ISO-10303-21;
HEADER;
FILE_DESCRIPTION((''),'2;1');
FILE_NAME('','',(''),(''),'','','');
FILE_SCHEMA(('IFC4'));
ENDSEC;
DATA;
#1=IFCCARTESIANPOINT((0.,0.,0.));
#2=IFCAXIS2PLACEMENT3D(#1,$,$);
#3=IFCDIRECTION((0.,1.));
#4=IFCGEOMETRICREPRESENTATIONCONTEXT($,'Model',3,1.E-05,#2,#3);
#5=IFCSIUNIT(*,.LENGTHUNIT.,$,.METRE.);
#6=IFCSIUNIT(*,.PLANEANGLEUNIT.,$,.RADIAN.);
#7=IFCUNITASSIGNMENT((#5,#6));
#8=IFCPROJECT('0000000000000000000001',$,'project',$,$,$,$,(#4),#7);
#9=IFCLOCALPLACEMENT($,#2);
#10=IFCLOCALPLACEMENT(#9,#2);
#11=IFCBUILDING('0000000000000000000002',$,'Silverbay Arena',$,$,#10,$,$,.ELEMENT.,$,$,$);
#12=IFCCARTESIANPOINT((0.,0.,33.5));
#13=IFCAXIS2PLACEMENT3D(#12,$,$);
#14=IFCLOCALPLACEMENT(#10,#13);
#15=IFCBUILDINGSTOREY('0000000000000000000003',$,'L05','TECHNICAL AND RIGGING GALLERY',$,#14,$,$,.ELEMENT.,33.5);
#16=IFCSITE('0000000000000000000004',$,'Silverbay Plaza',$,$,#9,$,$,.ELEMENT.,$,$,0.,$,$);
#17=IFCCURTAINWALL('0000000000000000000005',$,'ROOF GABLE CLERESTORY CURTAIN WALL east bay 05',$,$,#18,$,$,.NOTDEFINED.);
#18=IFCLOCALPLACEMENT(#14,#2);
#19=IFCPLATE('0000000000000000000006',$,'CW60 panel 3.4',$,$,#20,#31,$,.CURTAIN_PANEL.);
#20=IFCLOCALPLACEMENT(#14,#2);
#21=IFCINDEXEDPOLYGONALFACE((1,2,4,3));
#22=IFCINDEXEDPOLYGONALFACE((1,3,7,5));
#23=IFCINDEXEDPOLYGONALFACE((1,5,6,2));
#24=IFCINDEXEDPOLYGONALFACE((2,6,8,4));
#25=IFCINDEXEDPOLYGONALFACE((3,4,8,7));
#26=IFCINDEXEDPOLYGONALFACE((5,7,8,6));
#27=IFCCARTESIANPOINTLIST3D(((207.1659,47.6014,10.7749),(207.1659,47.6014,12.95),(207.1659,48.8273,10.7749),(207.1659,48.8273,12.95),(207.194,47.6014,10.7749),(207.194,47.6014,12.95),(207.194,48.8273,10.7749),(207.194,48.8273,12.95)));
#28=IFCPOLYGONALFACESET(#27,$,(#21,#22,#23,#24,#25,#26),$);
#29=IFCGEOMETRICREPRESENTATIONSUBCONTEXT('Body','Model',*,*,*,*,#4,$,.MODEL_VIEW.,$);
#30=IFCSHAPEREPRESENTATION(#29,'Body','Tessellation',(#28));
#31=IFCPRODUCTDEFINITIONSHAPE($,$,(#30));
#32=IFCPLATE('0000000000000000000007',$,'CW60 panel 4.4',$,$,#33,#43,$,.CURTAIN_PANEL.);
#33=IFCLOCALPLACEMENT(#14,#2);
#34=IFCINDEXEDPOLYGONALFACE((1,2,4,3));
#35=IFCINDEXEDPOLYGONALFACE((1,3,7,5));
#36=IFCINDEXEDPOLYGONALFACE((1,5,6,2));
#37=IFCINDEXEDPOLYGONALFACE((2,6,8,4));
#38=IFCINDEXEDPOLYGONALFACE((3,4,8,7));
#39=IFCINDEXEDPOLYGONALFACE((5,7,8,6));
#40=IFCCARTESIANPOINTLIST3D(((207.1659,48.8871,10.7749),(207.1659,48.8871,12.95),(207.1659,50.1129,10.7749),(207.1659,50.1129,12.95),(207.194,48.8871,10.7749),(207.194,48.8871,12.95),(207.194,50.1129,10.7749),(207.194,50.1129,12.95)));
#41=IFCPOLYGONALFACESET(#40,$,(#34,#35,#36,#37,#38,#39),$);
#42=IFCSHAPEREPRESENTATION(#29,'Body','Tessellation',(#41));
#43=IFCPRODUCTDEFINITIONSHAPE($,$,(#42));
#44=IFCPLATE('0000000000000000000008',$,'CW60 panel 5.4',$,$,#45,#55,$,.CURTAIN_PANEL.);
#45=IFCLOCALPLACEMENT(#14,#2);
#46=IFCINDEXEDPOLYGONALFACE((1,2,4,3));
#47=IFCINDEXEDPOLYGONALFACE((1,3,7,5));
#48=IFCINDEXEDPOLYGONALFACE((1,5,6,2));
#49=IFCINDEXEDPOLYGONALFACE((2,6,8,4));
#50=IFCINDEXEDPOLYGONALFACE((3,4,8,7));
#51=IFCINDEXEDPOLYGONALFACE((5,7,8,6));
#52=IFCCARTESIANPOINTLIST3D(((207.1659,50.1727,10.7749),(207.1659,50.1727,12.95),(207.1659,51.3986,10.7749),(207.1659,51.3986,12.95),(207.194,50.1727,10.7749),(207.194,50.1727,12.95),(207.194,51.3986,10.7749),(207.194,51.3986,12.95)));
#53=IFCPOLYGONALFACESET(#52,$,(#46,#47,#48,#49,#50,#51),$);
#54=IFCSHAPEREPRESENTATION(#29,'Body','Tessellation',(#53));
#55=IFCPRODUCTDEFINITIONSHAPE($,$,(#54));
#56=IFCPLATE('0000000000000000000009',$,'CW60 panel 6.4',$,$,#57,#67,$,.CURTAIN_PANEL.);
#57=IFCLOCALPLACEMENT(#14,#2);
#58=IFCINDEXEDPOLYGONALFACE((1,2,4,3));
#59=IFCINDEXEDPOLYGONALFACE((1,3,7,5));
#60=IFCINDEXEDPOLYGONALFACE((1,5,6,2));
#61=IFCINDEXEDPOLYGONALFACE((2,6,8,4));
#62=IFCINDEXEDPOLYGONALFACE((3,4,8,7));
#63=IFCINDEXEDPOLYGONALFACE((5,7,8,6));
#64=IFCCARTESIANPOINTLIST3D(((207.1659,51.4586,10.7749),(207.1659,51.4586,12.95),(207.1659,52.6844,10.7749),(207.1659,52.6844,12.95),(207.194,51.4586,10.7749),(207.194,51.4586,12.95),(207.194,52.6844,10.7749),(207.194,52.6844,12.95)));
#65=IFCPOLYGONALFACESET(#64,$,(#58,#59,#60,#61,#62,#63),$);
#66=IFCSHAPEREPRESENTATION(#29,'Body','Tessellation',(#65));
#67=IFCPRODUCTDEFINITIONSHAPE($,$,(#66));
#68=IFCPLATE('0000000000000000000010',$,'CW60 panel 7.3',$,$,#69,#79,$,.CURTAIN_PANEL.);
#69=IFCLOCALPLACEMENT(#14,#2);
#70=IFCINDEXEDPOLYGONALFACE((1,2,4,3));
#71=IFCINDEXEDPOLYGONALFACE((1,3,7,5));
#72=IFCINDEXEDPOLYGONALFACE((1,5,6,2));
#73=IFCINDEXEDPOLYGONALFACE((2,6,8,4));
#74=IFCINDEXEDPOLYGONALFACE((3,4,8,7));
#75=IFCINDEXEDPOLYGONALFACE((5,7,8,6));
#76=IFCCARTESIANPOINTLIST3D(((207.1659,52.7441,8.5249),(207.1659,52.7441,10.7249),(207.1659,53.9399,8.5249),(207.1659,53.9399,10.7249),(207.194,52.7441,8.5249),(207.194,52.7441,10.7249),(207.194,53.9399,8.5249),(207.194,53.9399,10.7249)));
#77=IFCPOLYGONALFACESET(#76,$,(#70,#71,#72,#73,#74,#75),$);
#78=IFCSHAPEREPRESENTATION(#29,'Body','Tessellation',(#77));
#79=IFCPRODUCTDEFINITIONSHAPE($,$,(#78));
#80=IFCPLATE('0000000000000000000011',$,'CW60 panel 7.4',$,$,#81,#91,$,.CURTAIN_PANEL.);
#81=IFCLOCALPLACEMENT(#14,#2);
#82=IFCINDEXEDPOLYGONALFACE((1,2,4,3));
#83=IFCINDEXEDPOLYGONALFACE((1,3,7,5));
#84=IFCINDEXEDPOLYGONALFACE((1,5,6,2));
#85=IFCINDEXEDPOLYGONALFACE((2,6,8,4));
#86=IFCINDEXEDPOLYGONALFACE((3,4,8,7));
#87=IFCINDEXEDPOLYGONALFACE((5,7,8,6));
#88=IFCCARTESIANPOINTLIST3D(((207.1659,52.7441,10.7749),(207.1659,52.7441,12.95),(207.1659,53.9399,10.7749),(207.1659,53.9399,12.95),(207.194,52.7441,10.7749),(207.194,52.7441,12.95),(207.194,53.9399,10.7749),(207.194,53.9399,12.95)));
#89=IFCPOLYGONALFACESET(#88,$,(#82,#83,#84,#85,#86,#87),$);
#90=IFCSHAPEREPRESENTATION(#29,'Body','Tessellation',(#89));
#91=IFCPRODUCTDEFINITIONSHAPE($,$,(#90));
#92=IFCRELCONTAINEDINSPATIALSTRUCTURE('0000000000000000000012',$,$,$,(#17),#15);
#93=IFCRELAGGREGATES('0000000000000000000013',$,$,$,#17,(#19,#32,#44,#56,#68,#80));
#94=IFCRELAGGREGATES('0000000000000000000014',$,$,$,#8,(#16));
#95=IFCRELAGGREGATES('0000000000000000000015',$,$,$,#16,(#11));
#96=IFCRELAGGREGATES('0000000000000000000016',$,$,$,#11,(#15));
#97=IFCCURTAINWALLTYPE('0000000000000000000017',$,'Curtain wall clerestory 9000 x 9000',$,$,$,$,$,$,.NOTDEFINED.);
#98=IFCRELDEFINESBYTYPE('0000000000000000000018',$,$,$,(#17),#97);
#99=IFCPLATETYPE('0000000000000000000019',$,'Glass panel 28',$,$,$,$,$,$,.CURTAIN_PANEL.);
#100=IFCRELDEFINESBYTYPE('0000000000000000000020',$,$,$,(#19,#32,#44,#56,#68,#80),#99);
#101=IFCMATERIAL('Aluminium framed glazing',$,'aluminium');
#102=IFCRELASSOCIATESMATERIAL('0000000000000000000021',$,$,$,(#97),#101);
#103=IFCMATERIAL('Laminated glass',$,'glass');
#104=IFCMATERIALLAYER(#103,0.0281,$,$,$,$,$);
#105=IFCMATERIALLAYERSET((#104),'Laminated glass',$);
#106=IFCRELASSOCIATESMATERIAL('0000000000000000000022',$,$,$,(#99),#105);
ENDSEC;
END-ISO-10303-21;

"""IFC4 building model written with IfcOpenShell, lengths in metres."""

from ifc_helpers import new_model, si_unit, direction, frame, origin, origin_2d, place, context, subcontext, project, spatial, rectangle, extrude, material, layer, layer_set, type_object, element, aggregate, save


model = new_model("IFC4")

# Units and contexts
model_context = context("Model", 3, precision=1e-05, world=origin(), true_north=direction((0.0, 1.0)))
body_context = subcontext(model_context, "Body", "Model", "MODEL_VIEW")
ifc_project = project(units=[si_unit("LENGTHUNIT", "METRE"), si_unit("PLANEANGLEUNIT", "RADIAN")], contexts=[model_context])

# Site, building, storey
site_placement = place(None, origin())
site = spatial("IfcSite", under=ifc_project, at=site_placement, Name="Silverbay Plaza", CompositionType="ELEMENT", RefElevation=0.0)
building_placement = place(site_placement, origin())
building = spatial("IfcBuilding", under=site, at=building_placement, Name="Silverbay Arena", CompositionType="ELEMENT")
storey_placement = place(building_placement, frame((0.0, 0.0, 33.5)))
storey = spatial("IfcBuildingStorey", under=building, at=storey_placement, Name="L05", Description="TECHNICAL AND RIGGING GALLERY", CompositionType="ELEMENT", Elevation=33.5)

# Curtain wall, plates
ifc_material_1 = material(Name="Aluminium framed glazing", Category="aluminium")
curtain_wall_type = type_object("IfcCurtainWallType", Name="Curtain wall clerestory 9000 x 9000", PredefinedType="NOTDEFINED", material=ifc_material_1)
curtain_wall_placement = place(storey_placement, origin())
curtain_wall = element("IfcCurtainWall", 1, at=curtain_wall_placement, inside=storey, type_object=curtain_wall_type, Name="ROOF GABLE CLERESTORY CURTAIN WALL east bay 05", PredefinedType="NOTDEFINED")
ifc_material_2 = material(Name="Laminated glass", Category="glass")
ifc_layer = layer(ifc_material_2, 0.0281)
ifc_layer_set = layer_set([ifc_layer], Name="Laminated glass")
plate_type = type_object("IfcPlateType", Name="Glass panel 28", PredefinedType="CURTAIN_PANEL", material=ifc_layer_set)
plate_1_placement = place(storey_placement, frame((207.1799, 48.2144, 10.7749), z_axis=(0.0, 0.0, 1.0), x_axis=(0.0, 1.0, 0.0)))
plate_1 = element("IfcPlate", 2, at=plate_1_placement, type_object=plate_type, Name="CW60 panel 3.4", PredefinedType="CURTAIN_PANEL", context=body_context, shape_type="SweptSolid", body=[
    extrude(rectangle(XDim=1.2258, YDim=0.0281, at=origin_2d()), origin(), (0.0, 0.0, 1.0), 2.175),
])
plate_2_placement = place(storey_placement, frame((207.1799, 49.5, 10.7749), z_axis=(0.0, 0.0, 1.0), x_axis=(0.0, 1.0, 0.0)))
plate_2 = element("IfcPlate", 3, at=plate_2_placement, type_object=plate_type, Name="CW60 panel 4.4", PredefinedType="CURTAIN_PANEL", context=body_context, shape_type="SweptSolid", body=[
    extrude(rectangle(XDim=1.2258, YDim=0.0281, at=origin_2d()), origin(), (0.0, 0.0, 1.0), 2.175),
])
plate_3_placement = place(storey_placement, frame((207.1799, 50.7856, 10.7749), z_axis=(0.0, 0.0, 1.0), x_axis=(0.0, 1.0, 0.0)))
plate_3 = element("IfcPlate", 4, at=plate_3_placement, type_object=plate_type, Name="CW60 panel 5.4", PredefinedType="CURTAIN_PANEL", context=body_context, shape_type="SweptSolid", body=[
    extrude(rectangle(XDim=1.2258, YDim=0.0281, at=origin_2d()), origin(), (0.0, 0.0, 1.0), 2.175),
])
plate_4_placement = place(storey_placement, frame((207.1799, 52.0715, 10.7749), z_axis=(0.0, 0.0, 1.0), x_axis=(0.0, 1.0, 0.0)))
plate_4 = element("IfcPlate", 5, at=plate_4_placement, type_object=plate_type, Name="CW60 panel 6.4", PredefinedType="CURTAIN_PANEL", context=body_context, shape_type="SweptSolid", body=[
    extrude(rectangle(XDim=1.2258, YDim=0.0281, at=origin_2d()), origin(), (0.0, 0.0, 1.0), 2.175),
])
plate_5_placement = place(storey_placement, frame((207.1799, 53.342, 8.5249), z_axis=(0.0, 0.0, 1.0), x_axis=(0.0, 1.0, 0.0)))
plate_5 = element("IfcPlate", 6, at=plate_5_placement, type_object=plate_type, Name="CW60 panel 7.3", PredefinedType="CURTAIN_PANEL", context=body_context, shape_type="SweptSolid", body=[
    extrude(rectangle(XDim=1.1958, YDim=0.0281, at=origin_2d()), origin(), (0.0, 0.0, 1.0), 2.2),
])
plate_6_placement = place(storey_placement, frame((207.1799, 53.342, 10.7749), z_axis=(0.0, 0.0, 1.0), x_axis=(0.0, 1.0, 0.0)))
plate_6 = element("IfcPlate", 7, at=plate_6_placement, type_object=plate_type, Name="CW60 panel 7.4", PredefinedType="CURTAIN_PANEL", context=body_context, shape_type="SweptSolid", body=[
    extrude(rectangle(XDim=1.1958, YDim=0.0281, at=origin_2d()), origin(), (0.0, 0.0, 1.0), 2.175),
])
aggregate(curtain_wall, [plate_1, plate_2, plate_3, plate_4, plate_5, plate_6])

save(model, "model.ifc")
